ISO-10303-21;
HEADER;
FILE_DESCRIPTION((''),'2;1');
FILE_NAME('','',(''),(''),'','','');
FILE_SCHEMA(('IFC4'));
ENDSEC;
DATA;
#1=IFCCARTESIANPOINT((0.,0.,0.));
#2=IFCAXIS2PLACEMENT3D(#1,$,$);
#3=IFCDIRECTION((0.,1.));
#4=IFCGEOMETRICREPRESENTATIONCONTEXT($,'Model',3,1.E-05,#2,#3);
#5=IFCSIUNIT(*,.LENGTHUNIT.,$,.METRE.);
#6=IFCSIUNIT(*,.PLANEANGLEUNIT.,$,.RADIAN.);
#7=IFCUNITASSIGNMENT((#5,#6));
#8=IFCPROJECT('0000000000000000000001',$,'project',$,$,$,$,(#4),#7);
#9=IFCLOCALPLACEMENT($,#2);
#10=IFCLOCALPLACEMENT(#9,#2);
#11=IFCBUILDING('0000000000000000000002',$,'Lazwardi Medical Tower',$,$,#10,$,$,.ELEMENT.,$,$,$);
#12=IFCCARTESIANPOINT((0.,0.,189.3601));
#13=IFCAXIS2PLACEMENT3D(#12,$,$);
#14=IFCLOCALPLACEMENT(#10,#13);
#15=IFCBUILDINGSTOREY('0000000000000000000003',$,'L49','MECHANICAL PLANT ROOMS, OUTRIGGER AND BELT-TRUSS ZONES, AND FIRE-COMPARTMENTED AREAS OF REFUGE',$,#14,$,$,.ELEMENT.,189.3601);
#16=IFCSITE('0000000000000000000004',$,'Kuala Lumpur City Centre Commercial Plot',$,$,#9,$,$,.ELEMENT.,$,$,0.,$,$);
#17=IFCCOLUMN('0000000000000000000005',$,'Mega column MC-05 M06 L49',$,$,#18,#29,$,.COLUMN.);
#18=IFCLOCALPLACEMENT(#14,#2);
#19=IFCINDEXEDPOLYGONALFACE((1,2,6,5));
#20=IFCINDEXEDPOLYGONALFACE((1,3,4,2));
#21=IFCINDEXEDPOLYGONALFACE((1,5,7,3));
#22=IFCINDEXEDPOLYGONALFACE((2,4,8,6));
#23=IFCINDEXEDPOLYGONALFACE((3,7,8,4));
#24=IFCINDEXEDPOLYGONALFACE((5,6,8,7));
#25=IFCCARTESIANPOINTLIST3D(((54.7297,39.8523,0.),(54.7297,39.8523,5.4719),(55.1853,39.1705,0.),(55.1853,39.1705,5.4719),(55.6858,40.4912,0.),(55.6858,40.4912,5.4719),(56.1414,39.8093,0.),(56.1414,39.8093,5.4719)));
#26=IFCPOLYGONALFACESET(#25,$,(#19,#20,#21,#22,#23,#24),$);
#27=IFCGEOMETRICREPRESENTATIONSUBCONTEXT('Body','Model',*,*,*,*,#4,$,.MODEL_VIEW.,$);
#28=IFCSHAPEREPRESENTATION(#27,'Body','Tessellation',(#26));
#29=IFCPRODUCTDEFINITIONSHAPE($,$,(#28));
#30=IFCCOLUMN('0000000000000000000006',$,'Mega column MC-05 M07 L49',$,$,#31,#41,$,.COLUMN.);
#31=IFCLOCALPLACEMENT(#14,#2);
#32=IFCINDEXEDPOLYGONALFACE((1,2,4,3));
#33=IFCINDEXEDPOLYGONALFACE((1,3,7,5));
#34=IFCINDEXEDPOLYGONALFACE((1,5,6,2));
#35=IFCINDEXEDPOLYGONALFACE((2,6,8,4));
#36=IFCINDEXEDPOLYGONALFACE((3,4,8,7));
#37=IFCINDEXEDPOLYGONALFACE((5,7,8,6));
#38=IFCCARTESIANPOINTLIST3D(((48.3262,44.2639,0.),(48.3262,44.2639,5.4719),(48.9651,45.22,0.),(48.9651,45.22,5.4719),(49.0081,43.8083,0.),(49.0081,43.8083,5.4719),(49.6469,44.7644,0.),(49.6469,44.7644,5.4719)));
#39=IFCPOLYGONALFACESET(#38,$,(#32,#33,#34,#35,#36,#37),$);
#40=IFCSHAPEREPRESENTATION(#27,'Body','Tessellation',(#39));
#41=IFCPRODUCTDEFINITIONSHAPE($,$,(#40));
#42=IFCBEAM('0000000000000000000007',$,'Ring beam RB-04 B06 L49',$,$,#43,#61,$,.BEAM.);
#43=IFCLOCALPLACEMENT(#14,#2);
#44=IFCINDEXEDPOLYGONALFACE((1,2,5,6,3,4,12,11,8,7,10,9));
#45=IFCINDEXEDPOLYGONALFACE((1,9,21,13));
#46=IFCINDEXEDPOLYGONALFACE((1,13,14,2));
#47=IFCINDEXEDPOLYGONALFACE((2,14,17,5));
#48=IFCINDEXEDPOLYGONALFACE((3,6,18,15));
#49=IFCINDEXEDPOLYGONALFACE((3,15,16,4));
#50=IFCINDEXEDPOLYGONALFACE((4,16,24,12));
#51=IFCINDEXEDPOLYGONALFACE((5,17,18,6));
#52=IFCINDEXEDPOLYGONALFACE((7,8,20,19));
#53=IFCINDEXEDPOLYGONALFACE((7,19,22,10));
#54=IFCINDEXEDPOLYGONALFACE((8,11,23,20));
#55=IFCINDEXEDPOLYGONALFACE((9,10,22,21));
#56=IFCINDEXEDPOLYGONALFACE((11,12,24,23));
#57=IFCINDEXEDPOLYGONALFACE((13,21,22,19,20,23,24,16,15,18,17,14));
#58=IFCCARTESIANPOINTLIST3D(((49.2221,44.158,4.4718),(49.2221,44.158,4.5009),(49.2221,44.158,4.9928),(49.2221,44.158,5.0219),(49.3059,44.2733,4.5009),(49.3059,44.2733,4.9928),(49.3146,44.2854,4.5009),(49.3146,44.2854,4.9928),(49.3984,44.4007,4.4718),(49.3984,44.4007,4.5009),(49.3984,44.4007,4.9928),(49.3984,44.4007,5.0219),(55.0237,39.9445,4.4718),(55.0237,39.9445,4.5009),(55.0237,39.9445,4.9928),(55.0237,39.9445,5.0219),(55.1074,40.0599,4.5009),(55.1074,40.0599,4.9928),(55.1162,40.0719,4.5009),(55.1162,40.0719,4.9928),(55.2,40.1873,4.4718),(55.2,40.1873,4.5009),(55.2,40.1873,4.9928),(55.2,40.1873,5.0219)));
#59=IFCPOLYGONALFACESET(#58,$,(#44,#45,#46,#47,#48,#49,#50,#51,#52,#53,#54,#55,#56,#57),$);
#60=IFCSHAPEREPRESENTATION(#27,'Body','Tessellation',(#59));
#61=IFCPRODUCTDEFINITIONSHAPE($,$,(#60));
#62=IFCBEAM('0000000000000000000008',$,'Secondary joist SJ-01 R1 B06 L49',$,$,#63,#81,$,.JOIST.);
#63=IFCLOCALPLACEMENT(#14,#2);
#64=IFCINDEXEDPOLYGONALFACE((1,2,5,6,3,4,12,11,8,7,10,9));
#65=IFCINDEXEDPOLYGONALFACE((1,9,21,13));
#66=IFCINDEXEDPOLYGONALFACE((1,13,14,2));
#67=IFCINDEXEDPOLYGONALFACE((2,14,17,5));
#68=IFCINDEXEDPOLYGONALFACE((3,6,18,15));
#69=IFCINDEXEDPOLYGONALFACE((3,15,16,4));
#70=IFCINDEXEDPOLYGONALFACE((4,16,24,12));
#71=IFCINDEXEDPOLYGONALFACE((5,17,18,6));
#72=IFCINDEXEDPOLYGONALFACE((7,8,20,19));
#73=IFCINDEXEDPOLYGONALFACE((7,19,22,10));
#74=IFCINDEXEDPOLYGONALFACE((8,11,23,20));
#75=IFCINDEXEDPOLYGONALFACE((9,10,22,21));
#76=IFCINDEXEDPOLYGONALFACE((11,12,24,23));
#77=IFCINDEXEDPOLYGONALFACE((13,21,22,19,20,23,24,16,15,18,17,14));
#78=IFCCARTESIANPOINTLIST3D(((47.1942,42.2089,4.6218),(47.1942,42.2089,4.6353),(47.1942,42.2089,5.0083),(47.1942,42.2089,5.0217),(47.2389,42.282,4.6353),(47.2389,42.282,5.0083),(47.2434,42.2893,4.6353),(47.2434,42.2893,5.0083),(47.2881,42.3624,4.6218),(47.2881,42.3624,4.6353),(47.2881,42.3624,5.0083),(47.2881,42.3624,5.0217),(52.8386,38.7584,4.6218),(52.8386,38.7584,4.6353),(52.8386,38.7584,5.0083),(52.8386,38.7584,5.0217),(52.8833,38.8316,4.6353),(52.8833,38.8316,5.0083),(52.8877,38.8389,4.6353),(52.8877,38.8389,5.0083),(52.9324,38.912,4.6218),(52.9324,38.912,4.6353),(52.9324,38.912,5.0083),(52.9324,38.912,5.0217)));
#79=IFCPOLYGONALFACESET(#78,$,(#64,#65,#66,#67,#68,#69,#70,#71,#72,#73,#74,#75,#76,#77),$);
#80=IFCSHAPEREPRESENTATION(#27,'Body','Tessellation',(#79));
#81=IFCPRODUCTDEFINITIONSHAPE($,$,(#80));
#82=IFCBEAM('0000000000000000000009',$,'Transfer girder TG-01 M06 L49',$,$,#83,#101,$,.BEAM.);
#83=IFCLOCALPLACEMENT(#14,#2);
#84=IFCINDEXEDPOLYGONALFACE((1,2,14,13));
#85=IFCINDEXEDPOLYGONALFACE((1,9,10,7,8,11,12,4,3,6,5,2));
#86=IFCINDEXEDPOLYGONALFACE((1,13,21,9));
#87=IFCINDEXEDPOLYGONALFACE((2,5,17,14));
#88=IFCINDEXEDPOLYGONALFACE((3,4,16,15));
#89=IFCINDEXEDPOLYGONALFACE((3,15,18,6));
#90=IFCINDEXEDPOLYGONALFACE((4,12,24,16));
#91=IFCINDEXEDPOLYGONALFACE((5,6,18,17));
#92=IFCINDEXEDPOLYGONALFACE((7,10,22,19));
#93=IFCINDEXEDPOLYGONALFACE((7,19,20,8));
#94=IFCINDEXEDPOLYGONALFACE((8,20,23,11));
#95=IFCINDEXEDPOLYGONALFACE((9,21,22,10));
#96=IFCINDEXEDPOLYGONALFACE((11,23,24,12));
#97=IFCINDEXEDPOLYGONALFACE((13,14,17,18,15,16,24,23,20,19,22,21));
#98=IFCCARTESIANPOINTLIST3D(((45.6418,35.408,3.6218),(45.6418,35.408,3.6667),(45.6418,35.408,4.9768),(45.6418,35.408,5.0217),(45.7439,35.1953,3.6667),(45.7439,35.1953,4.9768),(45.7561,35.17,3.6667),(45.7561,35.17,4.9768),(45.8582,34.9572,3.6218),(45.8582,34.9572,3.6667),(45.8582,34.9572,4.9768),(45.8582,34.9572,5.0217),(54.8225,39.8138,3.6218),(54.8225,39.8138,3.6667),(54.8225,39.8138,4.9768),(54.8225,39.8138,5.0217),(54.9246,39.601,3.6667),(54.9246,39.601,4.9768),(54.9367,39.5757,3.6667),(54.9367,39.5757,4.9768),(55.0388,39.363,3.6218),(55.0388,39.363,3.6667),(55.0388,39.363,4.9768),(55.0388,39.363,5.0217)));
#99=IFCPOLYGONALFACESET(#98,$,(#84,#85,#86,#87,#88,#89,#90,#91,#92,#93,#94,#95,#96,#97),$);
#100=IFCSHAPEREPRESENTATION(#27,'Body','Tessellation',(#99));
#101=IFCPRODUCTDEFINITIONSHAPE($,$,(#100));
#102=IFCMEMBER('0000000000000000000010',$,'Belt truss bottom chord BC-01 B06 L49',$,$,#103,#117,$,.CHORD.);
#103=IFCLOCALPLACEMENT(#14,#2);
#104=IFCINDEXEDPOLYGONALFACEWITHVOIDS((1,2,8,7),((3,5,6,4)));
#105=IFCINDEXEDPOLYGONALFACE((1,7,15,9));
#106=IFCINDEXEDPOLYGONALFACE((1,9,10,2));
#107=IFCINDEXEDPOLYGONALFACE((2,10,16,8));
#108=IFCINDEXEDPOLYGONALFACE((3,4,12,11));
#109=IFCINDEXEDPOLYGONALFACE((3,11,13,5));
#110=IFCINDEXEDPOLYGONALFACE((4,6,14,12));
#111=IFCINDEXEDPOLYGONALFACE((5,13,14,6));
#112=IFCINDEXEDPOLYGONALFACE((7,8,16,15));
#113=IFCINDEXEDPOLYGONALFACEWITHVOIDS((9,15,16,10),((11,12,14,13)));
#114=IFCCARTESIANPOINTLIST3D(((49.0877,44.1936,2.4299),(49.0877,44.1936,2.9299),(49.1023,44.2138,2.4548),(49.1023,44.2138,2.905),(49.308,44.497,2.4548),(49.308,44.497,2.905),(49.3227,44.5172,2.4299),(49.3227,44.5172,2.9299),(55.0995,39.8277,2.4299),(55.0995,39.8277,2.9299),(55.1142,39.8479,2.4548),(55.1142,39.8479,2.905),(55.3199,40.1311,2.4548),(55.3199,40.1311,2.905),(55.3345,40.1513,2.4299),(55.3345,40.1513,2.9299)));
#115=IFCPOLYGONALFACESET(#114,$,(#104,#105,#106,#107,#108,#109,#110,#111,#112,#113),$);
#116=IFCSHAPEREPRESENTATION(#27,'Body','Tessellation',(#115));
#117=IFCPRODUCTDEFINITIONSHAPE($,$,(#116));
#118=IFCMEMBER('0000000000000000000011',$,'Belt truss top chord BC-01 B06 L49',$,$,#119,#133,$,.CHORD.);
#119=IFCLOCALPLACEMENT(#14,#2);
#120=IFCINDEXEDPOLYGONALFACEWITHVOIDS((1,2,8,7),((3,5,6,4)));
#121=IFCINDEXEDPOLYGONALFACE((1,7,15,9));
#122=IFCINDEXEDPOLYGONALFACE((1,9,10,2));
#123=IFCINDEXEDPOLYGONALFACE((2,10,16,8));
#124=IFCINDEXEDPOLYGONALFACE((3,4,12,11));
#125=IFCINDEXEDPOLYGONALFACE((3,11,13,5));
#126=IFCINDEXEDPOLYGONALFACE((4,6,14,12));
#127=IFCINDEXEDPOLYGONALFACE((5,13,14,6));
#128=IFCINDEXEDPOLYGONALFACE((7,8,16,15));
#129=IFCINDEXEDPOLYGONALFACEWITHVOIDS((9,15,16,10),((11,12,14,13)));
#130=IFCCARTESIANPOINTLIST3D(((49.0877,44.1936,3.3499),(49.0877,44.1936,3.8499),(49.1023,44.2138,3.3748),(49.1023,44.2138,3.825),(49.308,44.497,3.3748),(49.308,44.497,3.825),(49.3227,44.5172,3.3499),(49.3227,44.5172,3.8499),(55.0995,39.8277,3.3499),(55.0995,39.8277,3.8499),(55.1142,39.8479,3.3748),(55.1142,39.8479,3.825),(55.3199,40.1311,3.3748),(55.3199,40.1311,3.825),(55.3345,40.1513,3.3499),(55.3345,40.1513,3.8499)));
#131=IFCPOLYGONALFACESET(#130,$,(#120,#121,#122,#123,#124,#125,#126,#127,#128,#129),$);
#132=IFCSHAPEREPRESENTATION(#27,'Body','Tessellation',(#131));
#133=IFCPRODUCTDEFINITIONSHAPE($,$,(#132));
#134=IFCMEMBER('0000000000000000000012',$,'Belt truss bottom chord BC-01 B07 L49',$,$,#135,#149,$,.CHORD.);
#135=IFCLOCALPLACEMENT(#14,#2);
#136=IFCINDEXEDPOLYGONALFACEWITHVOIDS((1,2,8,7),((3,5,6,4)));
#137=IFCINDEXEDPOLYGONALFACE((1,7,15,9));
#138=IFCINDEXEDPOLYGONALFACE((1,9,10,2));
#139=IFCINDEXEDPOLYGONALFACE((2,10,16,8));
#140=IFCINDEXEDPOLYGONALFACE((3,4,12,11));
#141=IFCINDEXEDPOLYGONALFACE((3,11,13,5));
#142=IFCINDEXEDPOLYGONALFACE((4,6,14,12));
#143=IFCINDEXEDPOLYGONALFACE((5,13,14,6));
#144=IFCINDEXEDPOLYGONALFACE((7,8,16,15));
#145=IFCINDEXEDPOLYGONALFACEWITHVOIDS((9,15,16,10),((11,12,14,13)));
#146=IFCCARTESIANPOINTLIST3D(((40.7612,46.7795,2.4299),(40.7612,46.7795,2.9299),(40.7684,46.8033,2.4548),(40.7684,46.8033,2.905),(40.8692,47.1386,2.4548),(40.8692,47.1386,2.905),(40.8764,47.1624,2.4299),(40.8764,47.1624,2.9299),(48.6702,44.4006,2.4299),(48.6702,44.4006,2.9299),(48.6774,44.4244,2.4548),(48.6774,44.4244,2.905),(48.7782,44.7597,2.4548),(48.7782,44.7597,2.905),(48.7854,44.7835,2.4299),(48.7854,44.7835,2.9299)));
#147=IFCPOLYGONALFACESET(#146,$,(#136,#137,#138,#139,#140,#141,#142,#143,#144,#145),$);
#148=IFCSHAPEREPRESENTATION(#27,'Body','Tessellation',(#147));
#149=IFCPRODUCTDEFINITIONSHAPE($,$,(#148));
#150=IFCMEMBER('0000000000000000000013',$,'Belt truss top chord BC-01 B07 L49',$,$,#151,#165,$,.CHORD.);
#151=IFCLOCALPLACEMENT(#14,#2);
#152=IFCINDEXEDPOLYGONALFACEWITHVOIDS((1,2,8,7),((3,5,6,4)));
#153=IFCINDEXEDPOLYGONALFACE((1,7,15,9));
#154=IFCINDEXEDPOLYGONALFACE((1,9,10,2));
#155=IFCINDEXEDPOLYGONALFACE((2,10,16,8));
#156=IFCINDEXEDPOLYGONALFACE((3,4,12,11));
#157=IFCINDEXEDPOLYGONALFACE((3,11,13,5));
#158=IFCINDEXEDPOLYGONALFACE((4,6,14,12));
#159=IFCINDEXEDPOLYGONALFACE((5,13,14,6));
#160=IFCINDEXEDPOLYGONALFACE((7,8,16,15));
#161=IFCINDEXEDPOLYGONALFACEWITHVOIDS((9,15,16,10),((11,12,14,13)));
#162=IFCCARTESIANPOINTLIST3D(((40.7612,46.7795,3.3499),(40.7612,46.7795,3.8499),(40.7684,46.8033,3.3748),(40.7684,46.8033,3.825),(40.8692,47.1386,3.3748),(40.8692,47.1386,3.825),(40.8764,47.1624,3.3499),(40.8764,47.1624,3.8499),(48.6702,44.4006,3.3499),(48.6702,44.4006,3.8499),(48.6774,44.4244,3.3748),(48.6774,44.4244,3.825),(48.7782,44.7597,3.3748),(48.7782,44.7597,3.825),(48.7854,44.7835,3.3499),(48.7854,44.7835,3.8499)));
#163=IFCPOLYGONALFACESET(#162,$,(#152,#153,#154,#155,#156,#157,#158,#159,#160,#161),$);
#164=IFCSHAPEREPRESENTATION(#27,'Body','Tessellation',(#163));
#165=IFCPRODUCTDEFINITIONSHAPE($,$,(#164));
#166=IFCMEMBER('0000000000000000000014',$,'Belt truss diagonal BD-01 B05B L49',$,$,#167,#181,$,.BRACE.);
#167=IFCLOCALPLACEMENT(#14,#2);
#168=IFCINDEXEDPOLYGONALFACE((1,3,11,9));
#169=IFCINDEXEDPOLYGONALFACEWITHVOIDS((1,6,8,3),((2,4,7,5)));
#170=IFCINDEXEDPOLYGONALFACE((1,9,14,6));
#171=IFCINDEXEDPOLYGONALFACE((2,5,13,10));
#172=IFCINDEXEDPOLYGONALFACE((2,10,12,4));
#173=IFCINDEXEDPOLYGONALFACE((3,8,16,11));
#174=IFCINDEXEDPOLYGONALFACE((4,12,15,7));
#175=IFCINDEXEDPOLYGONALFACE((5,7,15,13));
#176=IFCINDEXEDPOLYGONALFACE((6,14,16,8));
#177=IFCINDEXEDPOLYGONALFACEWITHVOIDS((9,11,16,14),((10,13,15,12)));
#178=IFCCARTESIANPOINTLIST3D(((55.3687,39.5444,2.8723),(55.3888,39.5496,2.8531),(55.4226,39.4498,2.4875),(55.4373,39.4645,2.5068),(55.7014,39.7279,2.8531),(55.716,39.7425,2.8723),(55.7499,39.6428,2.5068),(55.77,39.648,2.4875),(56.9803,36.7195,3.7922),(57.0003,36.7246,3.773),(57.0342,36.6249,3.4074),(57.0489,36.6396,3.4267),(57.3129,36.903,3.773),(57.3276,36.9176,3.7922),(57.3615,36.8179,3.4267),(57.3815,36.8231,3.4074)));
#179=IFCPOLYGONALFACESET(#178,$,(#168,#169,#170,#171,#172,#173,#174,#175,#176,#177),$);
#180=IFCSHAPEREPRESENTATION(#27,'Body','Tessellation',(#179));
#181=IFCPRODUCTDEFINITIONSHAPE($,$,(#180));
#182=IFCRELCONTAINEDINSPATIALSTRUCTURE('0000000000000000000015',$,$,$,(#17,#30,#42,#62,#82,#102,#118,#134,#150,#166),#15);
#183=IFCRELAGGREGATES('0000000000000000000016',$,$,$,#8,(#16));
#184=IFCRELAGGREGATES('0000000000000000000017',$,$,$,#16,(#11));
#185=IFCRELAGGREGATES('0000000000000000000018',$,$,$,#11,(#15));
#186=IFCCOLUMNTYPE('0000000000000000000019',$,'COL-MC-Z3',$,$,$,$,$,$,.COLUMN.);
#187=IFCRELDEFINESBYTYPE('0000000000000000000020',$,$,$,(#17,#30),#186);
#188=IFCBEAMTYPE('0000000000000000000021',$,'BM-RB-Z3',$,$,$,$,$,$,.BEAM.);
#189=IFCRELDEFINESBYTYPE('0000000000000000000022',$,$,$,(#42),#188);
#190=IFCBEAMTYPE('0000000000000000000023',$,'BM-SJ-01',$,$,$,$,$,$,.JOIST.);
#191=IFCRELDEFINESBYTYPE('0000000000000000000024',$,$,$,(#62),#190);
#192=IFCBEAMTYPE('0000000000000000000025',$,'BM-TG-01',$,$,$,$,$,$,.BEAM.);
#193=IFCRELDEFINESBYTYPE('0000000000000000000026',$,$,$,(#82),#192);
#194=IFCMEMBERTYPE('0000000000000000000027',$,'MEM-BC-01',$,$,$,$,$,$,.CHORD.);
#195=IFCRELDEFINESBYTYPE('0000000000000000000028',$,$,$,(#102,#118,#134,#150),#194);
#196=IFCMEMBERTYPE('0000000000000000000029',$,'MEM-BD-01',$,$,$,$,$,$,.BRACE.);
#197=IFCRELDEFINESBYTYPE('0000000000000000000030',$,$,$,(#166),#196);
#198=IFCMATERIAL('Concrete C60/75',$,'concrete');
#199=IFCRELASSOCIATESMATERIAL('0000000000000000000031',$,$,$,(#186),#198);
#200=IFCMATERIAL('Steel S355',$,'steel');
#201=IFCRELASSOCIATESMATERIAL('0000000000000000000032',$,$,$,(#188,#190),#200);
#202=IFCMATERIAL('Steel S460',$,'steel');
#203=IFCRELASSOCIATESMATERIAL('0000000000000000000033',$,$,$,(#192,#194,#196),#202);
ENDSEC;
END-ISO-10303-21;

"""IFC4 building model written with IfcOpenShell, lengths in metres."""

from ifc_helpers import new_model, si_unit, direction, frame, origin, origin_2d, place, context, subcontext, project, spatial, rectangle, hollow_rectangle, i_section, extrude, material, material_profile, profile_set, type_object, element, save


model = new_model("IFC4")

# Units and contexts
model_context = context("Model", 3, precision=1e-05, world=origin(), true_north=direction((0.0, 1.0)))
body_context = subcontext(model_context, "Body", "Model", "MODEL_VIEW")
ifc_project = project(units=[si_unit("LENGTHUNIT", "METRE"), si_unit("PLANEANGLEUNIT", "RADIAN")], contexts=[model_context])

# Site, building, storey
site_placement = place(None, origin())
site = spatial("IfcSite", under=ifc_project, at=site_placement, Name="Kuala Lumpur City Centre Commercial Plot", CompositionType="ELEMENT", RefElevation=0.0)
building_placement = place(site_placement, origin())
building = spatial("IfcBuilding", under=site, at=building_placement, Name="Lazwardi Medical Tower", CompositionType="ELEMENT")
storey_placement = place(building_placement, frame((0.0, 0.0, 189.3601)))
storey = spatial("IfcBuildingStorey", under=building, at=storey_placement, Name="L49", Description="MECHANICAL PLANT ROOMS, OUTRIGGER AND BELT-TRUSS ZONES, AND FIRE-COMPARTMENTED AREAS OF REFUGE", CompositionType="ELEMENT", Elevation=189.3601)

# Columns
ifc_material_1 = material(Name="Concrete C60/75", Category="concrete")
ifc_material_profile_1 = material_profile(ifc_material_1, rectangle(XDim=1.1499, YDim=0.8201, at=origin_2d()), Name="CFT-RECT 1150x820")
ifc_profile_set_1 = profile_set([ifc_material_profile_1], Name="Concrete C60/75")
column_type = type_object("IfcColumnType", Name="COL-MC-Z3", PredefinedType="COLUMN", material=ifc_profile_set_1)
for number, where, z_axis, x_axis, name in (
    (1, (55.4355, 39.8308, 0.0), (0.0, 0.0, 1.0), (0.83147, 0.55557, 0.0), "Mega column MC-05 M06 L49"),
    (2, (48.9866, 44.5142, 0.0), (0.0, 0.0, 1.0), (0.55557, 0.83147, 0.0), "Mega column MC-05 M07 L49"),
):
    element("IfcColumn", number, at=place(storey_placement, frame(where, z_axis=z_axis, x_axis=x_axis)), inside=storey, type_object=column_type, Name=name, PredefinedType="COLUMN", context=body_context, shape_type="SweptSolid", body=[
        extrude(rectangle(XDim=1.1499, YDim=0.8201, at=origin_2d()), origin(), (0.0, 0.0, 1.0), 5.4719),
    ])

# Beams
ifc_material_2 = material(Name="Steel S355", Category="steel")
ifc_material_profile_2 = material_profile(ifc_material_2, i_section(OverallWidth=0.3, OverallDepth=0.55, WebThickness=0.0149, FlangeThickness=0.0291, at=origin_2d()), Name="HEB 550")
ifc_profile_set_2 = profile_set([ifc_material_profile_2], Name="Steel S355")
beam_type_1 = type_object("IfcBeamType", Name="BM-RB-Z3", PredefinedType="BEAM", material=ifc_profile_set_2)
beam_1_placement = place(storey_placement, frame((55.1118, 40.0659, 4.7468), z_axis=(-0.809128, 0.587633, 0.0), x_axis=(-0.587633, -0.809128, 0.0)))
element("IfcBeam", 3, at=beam_1_placement, inside=storey, type_object=beam_type_1, Name="Ring beam RB-04 B06 L49", PredefinedType="BEAM", context=body_context, shape_type="SweptSolid", body=[
    extrude(i_section(OverallWidth=0.3, OverallDepth=0.55, WebThickness=0.0149, FlangeThickness=0.0291, at=origin_2d()), origin(), (0.0, 0.0, 1.0), 7.1702),
])
ifc_material_profile_3 = material_profile(ifc_material_2, i_section(OverallWidth=0.1799, OverallDepth=0.3999, WebThickness=0.0085, FlangeThickness=0.0134, at=origin_2d()), Name="IPE 400")
ifc_profile_set_3 = profile_set([ifc_material_profile_3], Name="Steel S355")
beam_type_2 = type_object("IfcBeamType", Name="BM-SJ-01", PredefinedType="JOIST", material=ifc_profile_set_3)
beam_2_placement = place(storey_placement, frame((52.8855, 38.8352, 4.8218), z_axis=(-0.853204, 0.521577, 0.0), x_axis=(-0.521577, -0.853204, 0.0)))
element("IfcBeam", 4, at=beam_2_placement, inside=storey, type_object=beam_type_2, Name="Secondary joist SJ-01 R1 B06 L49", PredefinedType="JOIST", context=body_context, shape_type="SweptSolid", body=[
    extrude(i_section(OverallWidth=0.1799, OverallDepth=0.3999, WebThickness=0.0085, FlangeThickness=0.0134, at=origin_2d()), origin(), (0.0, 0.0, 1.0), 6.6155),
])
ifc_material_3 = material(Name="Steel S460", Category="steel")
ifc_material_profile_4 = material_profile(ifc_material_3, i_section(OverallWidth=0.5, OverallDepth=1.3999, WebThickness=0.0281, FlangeThickness=0.0449, at=origin_2d()), Name="PG 1400x500")
ifc_profile_set_4 = profile_set([ifc_material_profile_4], Name="Steel S460")
beam_type_3 = type_object("IfcBeamType", Name="BM-TG-01", PredefinedType="BEAM", material=ifc_profile_set_4)
beam_3_placement = place(storey_placement, frame((54.9307, 39.5884, 4.3218), z_axis=(-0.90156, -0.432655, 0.0), x_axis=(0.432655, -0.90156, 0.0)))
element("IfcBeam", 5, at=beam_3_placement, inside=storey, type_object=beam_type_3, Name="Transfer girder TG-01 M06 L49", PredefinedType="BEAM", context=body_context, shape_type="SweptSolid", body=[
    extrude(i_section(OverallWidth=0.5, OverallDepth=1.3999, WebThickness=0.0281, FlangeThickness=0.0449, at=origin_2d()), origin(), (0.0, 0.0, 1.0), 10.1831),
])

# Members
ifc_material_profile_5 = material_profile(ifc_material_3, hollow_rectangle(XDim=0.3999, YDim=0.5, WallThickness=0.0249, at=origin_2d()), Name="RHS 500x400x25")
ifc_profile_set_5 = profile_set([ifc_material_profile_5], Name="Steel S460")
member_type_1 = type_object("IfcMemberType", Name="MEM-BC-01", PredefinedType="CHORD", material=ifc_profile_set_5)
for number, where, z_axis, x_axis, name in (
    (6, (55.217, 39.9895, 2.6799), (-0.809144, 0.587611, 0.0), (-0.587611, -0.809144, 0.0), "Belt truss bottom chord BC-01 B06 L49"),
    (7, (55.217, 39.9895, 3.5999), (-0.809144, 0.587611, 0.0), (-0.587611, -0.809144, 0.0), "Belt truss top chord BC-01 B06 L49"),
):
    element("IfcMember", number, at=place(storey_placement, frame(where, z_axis=z_axis, x_axis=x_axis)), inside=storey, type_object=member_type_1, Name=name, PredefinedType="CHORD", context=body_context, shape_type="SweptSolid", body=[
        extrude(hollow_rectangle(XDim=0.3999, YDim=0.5, WallThickness=0.0249, at=origin_2d()), origin(), (0.0, 0.0, 1.0), 7.4299),
    ])
for number, where, z_axis, x_axis, name in (
    (8, (48.7278, 44.592, 2.6799), (-0.957619, 0.288039, 0.0), (-0.288039, -0.957619, 0.0), "Belt truss bottom chord BC-01 B07 L49"),
    (9, (48.7278, 44.592, 3.5999), (-0.957619, 0.288039, 0.0), (-0.288039, -0.957619, 0.0), "Belt truss top chord BC-01 B07 L49"),
):
    element("IfcMember", number, at=place(storey_placement, frame(where, z_axis=z_axis, x_axis=x_axis)), inside=storey, type_object=member_type_1, Name=name, PredefinedType="CHORD", context=body_context, shape_type="SweptSolid", body=[
        extrude(hollow_rectangle(XDim=0.3999, YDim=0.5, WallThickness=0.0249, at=origin_2d()), origin(), (0.0, 0.0, 1.0), 8.259),
    ])
ifc_material_profile_6 = material_profile(ifc_material_3, hollow_rectangle(XDim=0.3999, YDim=0.3999, WallThickness=0.02, at=origin_2d()), Name="RHS 400x400x20")
ifc_profile_set_6 = profile_set([ifc_material_profile_6], Name="Steel S460")
member_type_2 = type_object("IfcMemberType", Name="MEM-BD-01", PredefinedType="BRACE", material=ifc_profile_set_6)
member_1_placement = place(storey_placement, frame((55.5693, 39.5962, 2.6799), z_axis=(0.47681, -0.835807, 0.272174), x_axis=(0.868599, 0.495516, 0.0)))
element("IfcMember", 10, at=member_1_placement, inside=storey, type_object=member_type_2, Name="Belt truss diagonal BD-01 B05B L49", PredefinedType="BRACE", context=body_context, shape_type="SweptSolid", body=[
    extrude(hollow_rectangle(XDim=0.3999, YDim=0.3999, WallThickness=0.02, at=origin_2d()), origin(), (0.0, 0.0, 1.0), 3.3799),
])

save(model, "model.ifc")
